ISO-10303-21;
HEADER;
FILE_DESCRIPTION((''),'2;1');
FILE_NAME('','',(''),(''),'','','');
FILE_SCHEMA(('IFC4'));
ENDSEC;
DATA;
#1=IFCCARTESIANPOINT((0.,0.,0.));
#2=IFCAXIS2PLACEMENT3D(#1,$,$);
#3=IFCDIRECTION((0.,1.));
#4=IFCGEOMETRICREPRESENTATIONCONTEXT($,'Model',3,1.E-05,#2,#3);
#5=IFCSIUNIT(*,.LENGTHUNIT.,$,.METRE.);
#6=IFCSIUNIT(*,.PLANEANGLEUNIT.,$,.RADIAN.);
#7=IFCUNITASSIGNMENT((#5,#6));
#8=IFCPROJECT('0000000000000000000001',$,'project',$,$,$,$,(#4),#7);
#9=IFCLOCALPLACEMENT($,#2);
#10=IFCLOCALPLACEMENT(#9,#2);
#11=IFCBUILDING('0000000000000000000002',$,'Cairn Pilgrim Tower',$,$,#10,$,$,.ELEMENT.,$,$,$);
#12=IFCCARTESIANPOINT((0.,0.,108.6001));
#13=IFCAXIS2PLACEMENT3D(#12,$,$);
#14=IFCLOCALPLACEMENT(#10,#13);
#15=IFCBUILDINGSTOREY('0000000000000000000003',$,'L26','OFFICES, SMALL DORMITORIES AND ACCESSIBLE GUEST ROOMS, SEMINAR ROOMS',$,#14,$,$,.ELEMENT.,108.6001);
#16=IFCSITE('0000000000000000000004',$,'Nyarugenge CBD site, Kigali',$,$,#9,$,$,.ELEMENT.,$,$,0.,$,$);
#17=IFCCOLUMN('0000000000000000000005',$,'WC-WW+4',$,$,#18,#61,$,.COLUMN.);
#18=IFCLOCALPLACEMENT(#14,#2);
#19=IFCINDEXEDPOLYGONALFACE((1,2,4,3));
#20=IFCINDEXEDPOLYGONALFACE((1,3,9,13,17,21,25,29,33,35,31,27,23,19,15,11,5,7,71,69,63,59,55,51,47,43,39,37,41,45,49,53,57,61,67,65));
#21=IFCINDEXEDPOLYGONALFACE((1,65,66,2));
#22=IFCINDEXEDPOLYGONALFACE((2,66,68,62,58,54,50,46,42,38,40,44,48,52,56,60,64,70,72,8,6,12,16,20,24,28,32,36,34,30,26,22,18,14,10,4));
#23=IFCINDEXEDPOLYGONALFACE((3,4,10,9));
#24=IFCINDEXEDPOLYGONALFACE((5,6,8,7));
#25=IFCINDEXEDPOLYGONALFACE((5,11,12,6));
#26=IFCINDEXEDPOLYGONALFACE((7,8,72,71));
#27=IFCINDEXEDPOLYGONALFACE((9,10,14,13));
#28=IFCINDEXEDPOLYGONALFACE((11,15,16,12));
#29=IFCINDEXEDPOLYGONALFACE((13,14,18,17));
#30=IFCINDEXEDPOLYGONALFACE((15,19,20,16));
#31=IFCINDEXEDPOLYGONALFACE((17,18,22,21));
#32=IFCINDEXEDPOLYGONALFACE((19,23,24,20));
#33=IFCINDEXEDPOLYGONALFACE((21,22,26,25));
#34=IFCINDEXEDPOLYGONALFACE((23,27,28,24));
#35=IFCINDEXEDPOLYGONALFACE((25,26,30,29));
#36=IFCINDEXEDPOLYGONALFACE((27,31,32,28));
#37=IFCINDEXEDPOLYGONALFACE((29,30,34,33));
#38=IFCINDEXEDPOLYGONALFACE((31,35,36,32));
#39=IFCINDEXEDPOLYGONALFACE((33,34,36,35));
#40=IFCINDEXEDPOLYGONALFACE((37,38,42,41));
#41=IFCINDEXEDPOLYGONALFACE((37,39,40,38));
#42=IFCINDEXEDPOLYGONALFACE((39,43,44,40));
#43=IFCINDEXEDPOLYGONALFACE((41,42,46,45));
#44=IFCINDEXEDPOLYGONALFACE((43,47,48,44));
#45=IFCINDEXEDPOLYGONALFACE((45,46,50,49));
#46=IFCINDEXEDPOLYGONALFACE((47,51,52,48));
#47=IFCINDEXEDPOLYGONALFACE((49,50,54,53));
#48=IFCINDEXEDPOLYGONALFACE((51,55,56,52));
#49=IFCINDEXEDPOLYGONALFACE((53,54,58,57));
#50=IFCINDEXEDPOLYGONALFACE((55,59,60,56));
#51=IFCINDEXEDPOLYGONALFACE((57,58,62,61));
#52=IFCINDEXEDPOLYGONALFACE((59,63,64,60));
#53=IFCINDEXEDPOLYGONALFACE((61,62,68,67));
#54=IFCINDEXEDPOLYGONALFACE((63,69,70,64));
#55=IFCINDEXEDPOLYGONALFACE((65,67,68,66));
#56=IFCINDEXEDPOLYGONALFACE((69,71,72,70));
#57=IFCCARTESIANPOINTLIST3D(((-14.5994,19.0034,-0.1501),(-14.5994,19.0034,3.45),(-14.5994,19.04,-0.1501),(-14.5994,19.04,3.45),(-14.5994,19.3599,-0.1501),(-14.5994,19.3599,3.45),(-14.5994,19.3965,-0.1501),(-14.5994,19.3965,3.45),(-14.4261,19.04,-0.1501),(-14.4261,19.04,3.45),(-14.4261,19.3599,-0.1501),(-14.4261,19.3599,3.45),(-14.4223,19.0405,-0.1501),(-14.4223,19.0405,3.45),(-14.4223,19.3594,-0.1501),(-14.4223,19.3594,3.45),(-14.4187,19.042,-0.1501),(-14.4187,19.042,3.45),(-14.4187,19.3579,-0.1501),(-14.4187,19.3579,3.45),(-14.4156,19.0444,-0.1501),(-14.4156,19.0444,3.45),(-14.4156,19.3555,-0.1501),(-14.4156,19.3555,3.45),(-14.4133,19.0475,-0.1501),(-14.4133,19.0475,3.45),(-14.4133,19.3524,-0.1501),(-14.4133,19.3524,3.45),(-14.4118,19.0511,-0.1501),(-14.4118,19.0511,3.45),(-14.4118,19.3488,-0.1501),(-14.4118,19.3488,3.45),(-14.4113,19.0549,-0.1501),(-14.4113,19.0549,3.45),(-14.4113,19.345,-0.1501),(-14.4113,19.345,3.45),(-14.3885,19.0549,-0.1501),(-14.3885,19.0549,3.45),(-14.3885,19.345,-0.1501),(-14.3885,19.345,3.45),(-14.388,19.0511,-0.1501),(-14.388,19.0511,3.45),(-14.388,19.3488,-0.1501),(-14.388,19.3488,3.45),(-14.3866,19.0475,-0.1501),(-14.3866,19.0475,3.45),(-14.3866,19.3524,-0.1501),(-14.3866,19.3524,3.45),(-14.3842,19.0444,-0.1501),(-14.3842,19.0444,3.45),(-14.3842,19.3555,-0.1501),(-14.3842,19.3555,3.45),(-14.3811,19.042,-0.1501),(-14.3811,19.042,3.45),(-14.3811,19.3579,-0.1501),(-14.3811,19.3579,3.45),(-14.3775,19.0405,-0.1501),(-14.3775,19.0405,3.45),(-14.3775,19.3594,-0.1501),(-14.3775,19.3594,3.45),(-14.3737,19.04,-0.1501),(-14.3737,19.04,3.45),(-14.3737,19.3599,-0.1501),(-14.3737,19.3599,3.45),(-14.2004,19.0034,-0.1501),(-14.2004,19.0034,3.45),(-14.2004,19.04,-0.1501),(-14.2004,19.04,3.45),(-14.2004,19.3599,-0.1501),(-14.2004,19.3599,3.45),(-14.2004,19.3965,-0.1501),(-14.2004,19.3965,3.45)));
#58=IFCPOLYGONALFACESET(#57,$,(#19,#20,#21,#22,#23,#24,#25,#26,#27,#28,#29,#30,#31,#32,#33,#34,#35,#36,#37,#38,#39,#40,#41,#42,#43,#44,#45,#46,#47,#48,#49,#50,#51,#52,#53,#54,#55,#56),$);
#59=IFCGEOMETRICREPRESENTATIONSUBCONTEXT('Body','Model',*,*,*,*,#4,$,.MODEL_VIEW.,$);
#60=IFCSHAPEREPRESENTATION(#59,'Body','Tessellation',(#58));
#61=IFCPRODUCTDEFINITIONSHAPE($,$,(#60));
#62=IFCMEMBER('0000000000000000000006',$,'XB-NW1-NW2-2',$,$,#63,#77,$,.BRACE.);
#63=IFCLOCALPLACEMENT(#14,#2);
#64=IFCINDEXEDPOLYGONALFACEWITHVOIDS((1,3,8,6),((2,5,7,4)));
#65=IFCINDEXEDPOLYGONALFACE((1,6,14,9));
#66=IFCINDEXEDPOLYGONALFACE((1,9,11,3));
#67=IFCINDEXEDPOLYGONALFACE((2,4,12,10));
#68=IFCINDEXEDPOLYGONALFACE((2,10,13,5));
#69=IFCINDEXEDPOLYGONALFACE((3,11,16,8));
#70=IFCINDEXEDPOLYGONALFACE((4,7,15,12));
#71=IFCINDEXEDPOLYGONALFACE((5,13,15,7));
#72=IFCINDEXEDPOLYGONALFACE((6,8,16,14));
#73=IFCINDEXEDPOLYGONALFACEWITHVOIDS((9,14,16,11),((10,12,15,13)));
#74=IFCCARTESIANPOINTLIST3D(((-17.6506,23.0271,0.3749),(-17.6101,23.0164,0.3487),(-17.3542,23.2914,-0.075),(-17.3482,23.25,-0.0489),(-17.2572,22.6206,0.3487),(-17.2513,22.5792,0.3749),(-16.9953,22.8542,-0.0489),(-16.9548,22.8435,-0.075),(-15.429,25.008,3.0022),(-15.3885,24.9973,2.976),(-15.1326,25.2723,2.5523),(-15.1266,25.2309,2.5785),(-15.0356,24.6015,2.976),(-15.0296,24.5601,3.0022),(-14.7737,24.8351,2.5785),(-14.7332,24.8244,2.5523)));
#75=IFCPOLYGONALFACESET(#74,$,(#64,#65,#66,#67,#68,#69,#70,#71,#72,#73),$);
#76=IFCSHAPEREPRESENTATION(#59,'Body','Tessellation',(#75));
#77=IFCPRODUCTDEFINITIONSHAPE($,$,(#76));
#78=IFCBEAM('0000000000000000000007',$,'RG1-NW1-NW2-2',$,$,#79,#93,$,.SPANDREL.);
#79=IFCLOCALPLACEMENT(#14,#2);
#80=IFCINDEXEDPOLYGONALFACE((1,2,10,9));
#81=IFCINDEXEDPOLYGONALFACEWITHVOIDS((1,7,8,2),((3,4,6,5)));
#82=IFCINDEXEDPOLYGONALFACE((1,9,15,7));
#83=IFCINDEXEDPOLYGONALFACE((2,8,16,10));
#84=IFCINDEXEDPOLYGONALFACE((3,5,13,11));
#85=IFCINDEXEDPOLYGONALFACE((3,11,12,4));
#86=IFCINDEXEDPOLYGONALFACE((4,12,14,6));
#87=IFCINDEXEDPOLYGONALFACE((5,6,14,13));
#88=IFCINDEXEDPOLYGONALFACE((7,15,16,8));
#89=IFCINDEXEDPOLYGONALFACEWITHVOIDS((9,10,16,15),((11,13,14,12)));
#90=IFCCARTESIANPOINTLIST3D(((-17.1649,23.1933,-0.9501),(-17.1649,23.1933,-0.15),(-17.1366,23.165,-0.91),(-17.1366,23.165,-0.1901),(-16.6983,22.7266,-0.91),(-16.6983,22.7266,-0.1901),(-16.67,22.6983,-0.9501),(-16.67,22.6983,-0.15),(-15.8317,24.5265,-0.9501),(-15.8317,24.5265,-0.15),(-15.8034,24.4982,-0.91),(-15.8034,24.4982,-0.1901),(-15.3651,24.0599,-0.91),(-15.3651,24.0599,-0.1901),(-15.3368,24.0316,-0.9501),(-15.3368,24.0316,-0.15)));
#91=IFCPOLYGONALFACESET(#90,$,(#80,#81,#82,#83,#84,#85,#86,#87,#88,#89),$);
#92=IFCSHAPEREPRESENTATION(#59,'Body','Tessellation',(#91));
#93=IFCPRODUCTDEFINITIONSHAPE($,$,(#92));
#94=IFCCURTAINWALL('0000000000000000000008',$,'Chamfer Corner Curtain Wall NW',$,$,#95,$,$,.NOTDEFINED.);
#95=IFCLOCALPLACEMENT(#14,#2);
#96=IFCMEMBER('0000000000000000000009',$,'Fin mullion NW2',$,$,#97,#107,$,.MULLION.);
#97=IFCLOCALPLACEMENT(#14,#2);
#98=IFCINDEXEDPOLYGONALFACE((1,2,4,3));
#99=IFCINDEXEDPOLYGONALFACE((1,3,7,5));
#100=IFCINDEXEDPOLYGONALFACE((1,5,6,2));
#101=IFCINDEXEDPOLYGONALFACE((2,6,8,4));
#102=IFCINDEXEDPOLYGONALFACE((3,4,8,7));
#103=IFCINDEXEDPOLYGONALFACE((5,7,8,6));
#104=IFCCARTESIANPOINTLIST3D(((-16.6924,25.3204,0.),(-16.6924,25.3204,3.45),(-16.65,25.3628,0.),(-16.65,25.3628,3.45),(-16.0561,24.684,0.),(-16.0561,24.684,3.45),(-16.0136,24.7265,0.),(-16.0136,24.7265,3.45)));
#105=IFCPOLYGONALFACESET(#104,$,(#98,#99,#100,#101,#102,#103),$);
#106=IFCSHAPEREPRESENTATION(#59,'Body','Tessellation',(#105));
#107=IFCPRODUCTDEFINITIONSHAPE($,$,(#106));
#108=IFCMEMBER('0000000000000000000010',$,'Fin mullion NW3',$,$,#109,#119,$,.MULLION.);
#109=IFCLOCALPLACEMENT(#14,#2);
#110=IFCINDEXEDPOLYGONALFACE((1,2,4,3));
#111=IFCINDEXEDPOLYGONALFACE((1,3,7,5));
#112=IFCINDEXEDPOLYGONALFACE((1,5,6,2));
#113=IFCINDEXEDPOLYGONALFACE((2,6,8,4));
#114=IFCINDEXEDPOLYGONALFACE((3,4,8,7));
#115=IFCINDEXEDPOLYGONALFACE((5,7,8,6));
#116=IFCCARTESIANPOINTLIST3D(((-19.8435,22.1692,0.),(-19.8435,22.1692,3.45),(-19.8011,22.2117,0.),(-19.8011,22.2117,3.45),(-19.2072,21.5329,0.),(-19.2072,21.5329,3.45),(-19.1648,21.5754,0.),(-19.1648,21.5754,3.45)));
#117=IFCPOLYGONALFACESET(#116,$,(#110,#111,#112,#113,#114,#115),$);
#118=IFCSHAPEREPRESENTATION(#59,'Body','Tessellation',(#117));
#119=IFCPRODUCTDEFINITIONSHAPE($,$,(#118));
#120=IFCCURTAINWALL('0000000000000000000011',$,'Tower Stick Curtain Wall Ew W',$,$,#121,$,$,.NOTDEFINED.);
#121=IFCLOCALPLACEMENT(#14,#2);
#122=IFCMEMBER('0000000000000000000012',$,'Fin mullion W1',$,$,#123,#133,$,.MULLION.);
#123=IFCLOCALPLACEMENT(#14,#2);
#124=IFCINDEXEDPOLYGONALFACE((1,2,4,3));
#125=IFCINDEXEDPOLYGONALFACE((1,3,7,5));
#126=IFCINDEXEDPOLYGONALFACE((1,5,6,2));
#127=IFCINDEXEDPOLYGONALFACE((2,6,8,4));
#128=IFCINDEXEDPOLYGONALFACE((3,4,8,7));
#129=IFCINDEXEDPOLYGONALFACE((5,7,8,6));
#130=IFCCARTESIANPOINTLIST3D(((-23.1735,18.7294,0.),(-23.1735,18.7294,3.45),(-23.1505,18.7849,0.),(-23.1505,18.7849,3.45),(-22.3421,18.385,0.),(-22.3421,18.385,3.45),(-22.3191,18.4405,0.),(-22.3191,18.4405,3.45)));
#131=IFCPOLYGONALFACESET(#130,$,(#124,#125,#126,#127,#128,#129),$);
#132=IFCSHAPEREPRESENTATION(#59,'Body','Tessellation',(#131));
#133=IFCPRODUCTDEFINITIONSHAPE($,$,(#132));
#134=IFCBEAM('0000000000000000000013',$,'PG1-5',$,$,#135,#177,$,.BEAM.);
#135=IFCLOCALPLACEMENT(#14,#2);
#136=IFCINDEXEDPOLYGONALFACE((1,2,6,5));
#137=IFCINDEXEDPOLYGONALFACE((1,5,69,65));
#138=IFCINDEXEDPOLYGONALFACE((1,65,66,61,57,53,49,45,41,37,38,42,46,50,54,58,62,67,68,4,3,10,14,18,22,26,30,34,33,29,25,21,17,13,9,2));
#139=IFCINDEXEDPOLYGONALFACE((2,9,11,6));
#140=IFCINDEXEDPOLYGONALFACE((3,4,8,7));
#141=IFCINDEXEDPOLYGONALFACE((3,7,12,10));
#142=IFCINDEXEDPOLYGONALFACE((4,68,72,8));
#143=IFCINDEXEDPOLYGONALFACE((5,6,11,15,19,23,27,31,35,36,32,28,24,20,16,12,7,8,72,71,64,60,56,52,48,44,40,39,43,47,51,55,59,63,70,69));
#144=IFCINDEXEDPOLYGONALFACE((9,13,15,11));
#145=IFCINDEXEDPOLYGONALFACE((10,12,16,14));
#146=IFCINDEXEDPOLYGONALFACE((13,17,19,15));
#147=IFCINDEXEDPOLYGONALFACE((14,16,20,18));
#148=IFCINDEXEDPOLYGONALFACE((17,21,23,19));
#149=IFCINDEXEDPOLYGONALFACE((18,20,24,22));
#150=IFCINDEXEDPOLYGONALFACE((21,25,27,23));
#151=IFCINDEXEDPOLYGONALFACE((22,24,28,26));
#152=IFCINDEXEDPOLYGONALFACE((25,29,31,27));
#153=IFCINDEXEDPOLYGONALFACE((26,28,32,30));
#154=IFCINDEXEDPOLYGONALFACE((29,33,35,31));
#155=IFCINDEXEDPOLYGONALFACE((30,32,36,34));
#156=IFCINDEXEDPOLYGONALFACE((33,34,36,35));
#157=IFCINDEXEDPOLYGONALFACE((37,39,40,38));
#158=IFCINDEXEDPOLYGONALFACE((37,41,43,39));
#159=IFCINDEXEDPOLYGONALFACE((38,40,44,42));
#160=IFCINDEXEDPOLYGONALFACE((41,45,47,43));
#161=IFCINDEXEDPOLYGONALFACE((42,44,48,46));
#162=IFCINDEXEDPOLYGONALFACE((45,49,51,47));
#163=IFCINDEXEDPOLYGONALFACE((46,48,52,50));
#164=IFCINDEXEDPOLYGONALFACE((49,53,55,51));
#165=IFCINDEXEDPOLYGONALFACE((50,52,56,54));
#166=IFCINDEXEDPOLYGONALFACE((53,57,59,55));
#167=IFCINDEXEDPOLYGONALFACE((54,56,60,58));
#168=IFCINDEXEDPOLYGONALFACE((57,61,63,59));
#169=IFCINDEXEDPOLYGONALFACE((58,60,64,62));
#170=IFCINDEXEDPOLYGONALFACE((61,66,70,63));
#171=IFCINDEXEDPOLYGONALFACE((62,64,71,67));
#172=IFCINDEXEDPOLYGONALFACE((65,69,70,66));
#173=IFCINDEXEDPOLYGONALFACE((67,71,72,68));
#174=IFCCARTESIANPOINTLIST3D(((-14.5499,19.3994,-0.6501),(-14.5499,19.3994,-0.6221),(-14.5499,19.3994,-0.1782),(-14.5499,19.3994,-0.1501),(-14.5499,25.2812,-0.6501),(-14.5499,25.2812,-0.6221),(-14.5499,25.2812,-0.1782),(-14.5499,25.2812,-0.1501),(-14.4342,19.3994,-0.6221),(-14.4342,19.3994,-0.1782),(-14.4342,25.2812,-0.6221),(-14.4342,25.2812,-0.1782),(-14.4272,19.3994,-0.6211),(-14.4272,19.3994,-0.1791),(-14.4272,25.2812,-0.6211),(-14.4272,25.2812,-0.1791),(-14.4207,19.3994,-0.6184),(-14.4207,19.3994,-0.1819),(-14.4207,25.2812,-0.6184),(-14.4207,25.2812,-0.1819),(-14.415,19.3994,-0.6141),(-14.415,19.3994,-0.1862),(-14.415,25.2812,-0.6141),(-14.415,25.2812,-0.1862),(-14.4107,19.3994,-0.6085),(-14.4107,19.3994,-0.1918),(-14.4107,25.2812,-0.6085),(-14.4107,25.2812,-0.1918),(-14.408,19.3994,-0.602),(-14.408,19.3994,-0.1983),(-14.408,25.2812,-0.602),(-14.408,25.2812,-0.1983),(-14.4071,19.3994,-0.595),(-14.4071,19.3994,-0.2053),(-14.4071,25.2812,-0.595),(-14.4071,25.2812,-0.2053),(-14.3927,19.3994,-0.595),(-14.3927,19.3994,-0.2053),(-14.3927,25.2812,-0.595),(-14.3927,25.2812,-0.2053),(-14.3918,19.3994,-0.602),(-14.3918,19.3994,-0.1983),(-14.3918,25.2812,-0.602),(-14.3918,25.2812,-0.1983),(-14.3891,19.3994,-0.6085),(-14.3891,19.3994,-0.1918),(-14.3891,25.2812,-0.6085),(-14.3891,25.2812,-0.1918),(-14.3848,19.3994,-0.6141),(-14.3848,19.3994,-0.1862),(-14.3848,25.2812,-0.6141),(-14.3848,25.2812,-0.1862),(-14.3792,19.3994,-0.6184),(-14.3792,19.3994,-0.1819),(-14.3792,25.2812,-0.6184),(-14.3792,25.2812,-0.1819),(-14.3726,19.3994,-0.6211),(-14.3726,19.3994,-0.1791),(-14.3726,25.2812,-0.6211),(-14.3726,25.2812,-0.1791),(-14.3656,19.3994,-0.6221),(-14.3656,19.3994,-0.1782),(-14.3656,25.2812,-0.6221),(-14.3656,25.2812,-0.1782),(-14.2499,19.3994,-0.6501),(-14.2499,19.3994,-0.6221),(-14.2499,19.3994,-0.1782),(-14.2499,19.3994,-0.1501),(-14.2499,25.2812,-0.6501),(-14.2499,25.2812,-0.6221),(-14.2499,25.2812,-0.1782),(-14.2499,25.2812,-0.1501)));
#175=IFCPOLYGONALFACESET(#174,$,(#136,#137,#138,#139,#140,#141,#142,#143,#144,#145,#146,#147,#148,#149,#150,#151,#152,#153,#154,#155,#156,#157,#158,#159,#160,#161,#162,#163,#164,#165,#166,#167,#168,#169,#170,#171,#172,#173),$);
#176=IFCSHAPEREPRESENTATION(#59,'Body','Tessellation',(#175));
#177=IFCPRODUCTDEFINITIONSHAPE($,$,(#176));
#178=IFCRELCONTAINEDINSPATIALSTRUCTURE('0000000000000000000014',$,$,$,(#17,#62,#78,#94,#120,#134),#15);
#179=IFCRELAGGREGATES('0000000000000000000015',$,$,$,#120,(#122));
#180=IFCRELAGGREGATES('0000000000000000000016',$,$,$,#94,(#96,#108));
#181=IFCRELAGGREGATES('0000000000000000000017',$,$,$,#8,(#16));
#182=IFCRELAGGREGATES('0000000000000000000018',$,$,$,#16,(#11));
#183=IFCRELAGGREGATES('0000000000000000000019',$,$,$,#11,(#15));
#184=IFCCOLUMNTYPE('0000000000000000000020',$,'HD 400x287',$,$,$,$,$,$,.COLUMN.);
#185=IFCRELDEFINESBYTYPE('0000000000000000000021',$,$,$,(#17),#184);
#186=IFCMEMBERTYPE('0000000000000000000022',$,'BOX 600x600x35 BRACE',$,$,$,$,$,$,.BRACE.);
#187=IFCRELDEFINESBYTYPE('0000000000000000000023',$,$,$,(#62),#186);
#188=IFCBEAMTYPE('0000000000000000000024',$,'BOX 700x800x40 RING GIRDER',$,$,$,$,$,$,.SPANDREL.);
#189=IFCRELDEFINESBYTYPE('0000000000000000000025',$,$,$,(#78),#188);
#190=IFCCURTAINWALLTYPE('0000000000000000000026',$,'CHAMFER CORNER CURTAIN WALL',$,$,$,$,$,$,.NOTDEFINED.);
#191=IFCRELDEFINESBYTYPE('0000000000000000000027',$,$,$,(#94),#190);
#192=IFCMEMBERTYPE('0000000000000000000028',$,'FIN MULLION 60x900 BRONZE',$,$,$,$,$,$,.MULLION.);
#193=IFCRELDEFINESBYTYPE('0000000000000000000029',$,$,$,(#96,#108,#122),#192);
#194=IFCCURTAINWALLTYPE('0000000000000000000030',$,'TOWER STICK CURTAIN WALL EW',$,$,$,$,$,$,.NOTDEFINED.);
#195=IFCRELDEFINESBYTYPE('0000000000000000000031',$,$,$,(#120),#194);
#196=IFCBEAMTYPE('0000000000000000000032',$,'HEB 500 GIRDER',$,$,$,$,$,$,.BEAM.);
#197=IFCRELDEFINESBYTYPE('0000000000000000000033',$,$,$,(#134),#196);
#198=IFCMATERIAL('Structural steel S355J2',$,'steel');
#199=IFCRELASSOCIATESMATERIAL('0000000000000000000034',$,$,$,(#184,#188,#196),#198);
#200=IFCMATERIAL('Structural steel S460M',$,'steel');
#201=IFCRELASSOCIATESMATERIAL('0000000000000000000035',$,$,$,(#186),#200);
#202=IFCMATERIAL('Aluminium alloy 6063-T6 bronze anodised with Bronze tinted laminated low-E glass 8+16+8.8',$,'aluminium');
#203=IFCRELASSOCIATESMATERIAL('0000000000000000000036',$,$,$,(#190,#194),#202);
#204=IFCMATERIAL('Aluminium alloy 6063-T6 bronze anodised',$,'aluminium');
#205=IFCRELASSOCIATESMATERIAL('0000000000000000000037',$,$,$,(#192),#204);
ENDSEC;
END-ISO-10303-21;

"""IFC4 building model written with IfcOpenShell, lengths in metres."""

from ifc_helpers import new_model, si_unit, direction, frame, origin, origin_2d, place, context, subcontext, project, spatial, rectangle, hollow_rectangle, i_section, extrude, material, material_profile, profile_set, type_object, element, aggregate, save


model = new_model("IFC4")

# Units and contexts
model_context = context("Model", 3, precision=1e-05, world=origin(), true_north=direction((0.0, 1.0)))
body_context = subcontext(model_context, "Body", "Model", "MODEL_VIEW")
ifc_project = project(units=[si_unit("LENGTHUNIT", "METRE"), si_unit("PLANEANGLEUNIT", "RADIAN")], contexts=[model_context])

# Site, building, storey
site_placement = place(None, origin())
site = spatial("IfcSite", under=ifc_project, at=site_placement, Name="Nyarugenge CBD site, Kigali", CompositionType="ELEMENT", RefElevation=0.0)
building_placement = place(site_placement, origin())
building = spatial("IfcBuilding", under=site, at=building_placement, Name="Cairn Pilgrim Tower", CompositionType="ELEMENT")
storey_placement = place(building_placement, frame((0.0, 0.0, 108.6001)))
storey = spatial("IfcBuildingStorey", under=building, at=storey_placement, Name="L26", Description="OFFICES, SMALL DORMITORIES AND ACCESSIBLE GUEST ROOMS, SEMINAR ROOMS", CompositionType="ELEMENT", Elevation=108.6001)

# Column
ifc_material_1 = material(Name="Structural steel S460M", Category="steel")
ifc_material_2 = material(Name="Structural steel S355J2", Category="steel")
ifc_material_profile_1 = material_profile(ifc_material_2, i_section(OverallWidth=0.3989, OverallDepth=0.3931, WebThickness=0.0227, FlangeThickness=0.0366, FilletRadius=0.0149, at=origin_2d()), Name="HD 400x287")
ifc_profile_set_1 = profile_set([ifc_material_profile_1], Name="Structural steel S355J2")
column_type_1 = type_object("IfcColumnType", Name="HD 400x287", PredefinedType="COLUMN", material=ifc_profile_set_1)
column_placement = place(storey_placement, frame((-14.3999, 19.2, -0.1501), z_axis=(0.0, 0.0, 1.0), x_axis=(1.0, 0.0, 0.0)))
element("IfcColumn", 1, at=column_placement, inside=storey, type_object=column_type_1, Name="WC-WW+4", PredefinedType="COLUMN", context=body_context, shape_type="SweptSolid", body=[
    extrude(i_section(OverallWidth=0.3989, OverallDepth=0.3931, WebThickness=0.0227, FlangeThickness=0.0366, FilletRadius=0.0149, at=origin_2d()), origin(), (0.0, 0.0, 1.0), 3.6001),
])

# Member
ifc_material_profile_2 = material_profile(ifc_material_1, hollow_rectangle(XDim=0.6001, YDim=0.6001, WallThickness=0.0349, at=origin_2d()), Name="BOX 600x600x35")
ifc_profile_set_2 = profile_set([ifc_material_profile_2], Name="Structural steel S460M")
member_type_1 = type_object("IfcMemberType", Name="BOX 600x600x35 BRACE", PredefinedType="BRACE", material=ifc_profile_set_2)
member_1_placement = place(storey_placement, frame((-17.3027, 22.9353, 0.1499), z_axis=(0.559571, 0.49894, 0.661769), x_axis=(-0.665514, 0.746386, 0.0)))
element("IfcMember", 2, at=member_1_placement, inside=storey, type_object=member_type_1, Name="XB-NW1-NW2-2", PredefinedType="BRACE", context=body_context, shape_type="SweptSolid", body=[
    extrude(hollow_rectangle(XDim=0.6001, YDim=0.6001, WallThickness=0.0349, at=origin_2d()), origin(), (0.0, 0.0, 1.0), 3.9702),
])

# Beam
ifc_material_profile_3 = material_profile(ifc_material_2, hollow_rectangle(XDim=0.7, YDim=0.8, WallThickness=0.04, at=origin_2d()), Name="BOX 700x800x40")
ifc_profile_set_3 = profile_set([ifc_material_profile_3], Name="Structural steel S355J2")
beam_type_1 = type_object("IfcBeamType", Name="BOX 700x800x40 RING GIRDER", PredefinedType="SPANDREL", material=ifc_profile_set_3)
beam_1_placement = place(storey_placement, frame((-15.5842, 24.2791, -0.55), z_axis=(-0.707107, -0.707107, 0.0), x_axis=(0.707107, -0.707107, 0.0)))
element("IfcBeam", 3, at=beam_1_placement, inside=storey, type_object=beam_type_1, Name="RG1-NW1-NW2-2", PredefinedType="SPANDREL", context=body_context, shape_type="SweptSolid", body=[
    extrude(hollow_rectangle(XDim=0.7, YDim=0.8, WallThickness=0.04, at=origin_2d()), origin(), (0.0, 0.0, 1.0), 1.8855),
])

# Curtain wall, members
ifc_material_3 = material(Name="Aluminium alloy 6063-T6 bronze anodised with Bronze tinted laminated low-E glass 8+16+8.8", Category="aluminium")
curtain_wall_type_1 = type_object("IfcCurtainWallType", Name="CHAMFER CORNER CURTAIN WALL", PredefinedType="NOTDEFINED", material=ifc_material_3)
curtain_wall_1_placement = place(storey_placement, origin())
curtain_wall_1 = element("IfcCurtainWall", 4, at=curtain_wall_1_placement, inside=storey, type_object=curtain_wall_type_1, Name="Chamfer Corner Curtain Wall NW", PredefinedType="NOTDEFINED")
ifc_material_4 = material(Name="Aluminium alloy 6063-T6 bronze anodised", Category="aluminium")
ifc_material_profile_4 = material_profile(ifc_material_4, rectangle(XDim=0.8999, YDim=0.0601, at=origin_2d()), Name="FIN MULLION 60x900 BRONZE")
ifc_profile_set_4 = profile_set([ifc_material_profile_4], Name="Aluminium alloy 6063-T6 bronze anodised")
member_type_2 = type_object("IfcMemberType", Name="FIN MULLION 60x900 BRONZE", PredefinedType="MULLION", material=ifc_profile_set_4)
member_2_placement = place(storey_placement, frame((-16.353, 25.0234, 0.0), z_axis=(0.0, 0.0, 1.0), x_axis=(-0.707107, 0.707107, 0.0)))
member_2 = element("IfcMember", 5, at=member_2_placement, type_object=member_type_2, Name="Fin mullion NW2", PredefinedType="MULLION", context=body_context, shape_type="SweptSolid", body=[
    extrude(rectangle(XDim=0.8999, YDim=0.0601, at=origin_2d()), origin(), (0.0, 0.0, 1.0), 3.45),
])
member_3_placement = place(storey_placement, frame((-19.5042, 21.8723, 0.0), z_axis=(0.0, 0.0, 1.0), x_axis=(-0.707107, 0.707107, 0.0)))
member_3 = element("IfcMember", 6, at=member_3_placement, type_object=member_type_2, Name="Fin mullion NW3", PredefinedType="MULLION", context=body_context, shape_type="SweptSolid", body=[
    extrude(rectangle(XDim=0.8999, YDim=0.0601, at=origin_2d()), origin(), (0.0, 0.0, 1.0), 3.45),
])

# Curtain wall, member
curtain_wall_type_2 = type_object("IfcCurtainWallType", Name="TOWER STICK CURTAIN WALL EW", PredefinedType="NOTDEFINED", material=ifc_material_3)
curtain_wall_2_placement = place(storey_placement, origin())
curtain_wall_2 = element("IfcCurtainWall", 7, at=curtain_wall_2_placement, inside=storey, type_object=curtain_wall_type_2, Name="Tower Stick Curtain Wall Ew W", PredefinedType="NOTDEFINED")
member_4_placement = place(storey_placement, frame((-22.7463, 18.585, 0.0), z_axis=(0.0, 0.0, 1.0), x_axis=(-0.92388, 0.382683, 0.0)))
member_4 = element("IfcMember", 8, at=member_4_placement, type_object=member_type_2, Name="Fin mullion W1", PredefinedType="MULLION", context=body_context, shape_type="SweptSolid", body=[
    extrude(rectangle(XDim=0.8999, YDim=0.0601, at=origin_2d()), origin(), (0.0, 0.0, 1.0), 3.45),
])
aggregate(curtain_wall_2, [member_4])

# Beam
ifc_material_profile_5 = material_profile(ifc_material_2, i_section(OverallWidth=0.3, OverallDepth=0.5, WebThickness=0.0144, FlangeThickness=0.0281, FilletRadius=0.0271, at=origin_2d()), Name="HEB 500")
ifc_profile_set_5 = profile_set([ifc_material_profile_5], Name="Structural steel S355J2")
beam_type_2 = type_object("IfcBeamType", Name="HEB 500 GIRDER", PredefinedType="BEAM", material=ifc_profile_set_5)
beam_2_placement = place(storey_placement, frame((-14.3999, 19.3994, -0.4001), z_axis=(0.0, 1.0, 0.0), x_axis=(-1.0, 0.0, 0.0)))
element("IfcBeam", 9, at=beam_2_placement, inside=storey, type_object=beam_type_2, Name="PG1-5", PredefinedType="BEAM", context=body_context, shape_type="SweptSolid", body=[
    extrude(i_section(OverallWidth=0.3, OverallDepth=0.5, WebThickness=0.0144, FlangeThickness=0.0281, FilletRadius=0.0271, at=origin_2d()), origin(), (0.0, 0.0, 1.0), 5.8818),
])

aggregate(curtain_wall_1, [member_2, member_3])

save(model, "model.ifc")
